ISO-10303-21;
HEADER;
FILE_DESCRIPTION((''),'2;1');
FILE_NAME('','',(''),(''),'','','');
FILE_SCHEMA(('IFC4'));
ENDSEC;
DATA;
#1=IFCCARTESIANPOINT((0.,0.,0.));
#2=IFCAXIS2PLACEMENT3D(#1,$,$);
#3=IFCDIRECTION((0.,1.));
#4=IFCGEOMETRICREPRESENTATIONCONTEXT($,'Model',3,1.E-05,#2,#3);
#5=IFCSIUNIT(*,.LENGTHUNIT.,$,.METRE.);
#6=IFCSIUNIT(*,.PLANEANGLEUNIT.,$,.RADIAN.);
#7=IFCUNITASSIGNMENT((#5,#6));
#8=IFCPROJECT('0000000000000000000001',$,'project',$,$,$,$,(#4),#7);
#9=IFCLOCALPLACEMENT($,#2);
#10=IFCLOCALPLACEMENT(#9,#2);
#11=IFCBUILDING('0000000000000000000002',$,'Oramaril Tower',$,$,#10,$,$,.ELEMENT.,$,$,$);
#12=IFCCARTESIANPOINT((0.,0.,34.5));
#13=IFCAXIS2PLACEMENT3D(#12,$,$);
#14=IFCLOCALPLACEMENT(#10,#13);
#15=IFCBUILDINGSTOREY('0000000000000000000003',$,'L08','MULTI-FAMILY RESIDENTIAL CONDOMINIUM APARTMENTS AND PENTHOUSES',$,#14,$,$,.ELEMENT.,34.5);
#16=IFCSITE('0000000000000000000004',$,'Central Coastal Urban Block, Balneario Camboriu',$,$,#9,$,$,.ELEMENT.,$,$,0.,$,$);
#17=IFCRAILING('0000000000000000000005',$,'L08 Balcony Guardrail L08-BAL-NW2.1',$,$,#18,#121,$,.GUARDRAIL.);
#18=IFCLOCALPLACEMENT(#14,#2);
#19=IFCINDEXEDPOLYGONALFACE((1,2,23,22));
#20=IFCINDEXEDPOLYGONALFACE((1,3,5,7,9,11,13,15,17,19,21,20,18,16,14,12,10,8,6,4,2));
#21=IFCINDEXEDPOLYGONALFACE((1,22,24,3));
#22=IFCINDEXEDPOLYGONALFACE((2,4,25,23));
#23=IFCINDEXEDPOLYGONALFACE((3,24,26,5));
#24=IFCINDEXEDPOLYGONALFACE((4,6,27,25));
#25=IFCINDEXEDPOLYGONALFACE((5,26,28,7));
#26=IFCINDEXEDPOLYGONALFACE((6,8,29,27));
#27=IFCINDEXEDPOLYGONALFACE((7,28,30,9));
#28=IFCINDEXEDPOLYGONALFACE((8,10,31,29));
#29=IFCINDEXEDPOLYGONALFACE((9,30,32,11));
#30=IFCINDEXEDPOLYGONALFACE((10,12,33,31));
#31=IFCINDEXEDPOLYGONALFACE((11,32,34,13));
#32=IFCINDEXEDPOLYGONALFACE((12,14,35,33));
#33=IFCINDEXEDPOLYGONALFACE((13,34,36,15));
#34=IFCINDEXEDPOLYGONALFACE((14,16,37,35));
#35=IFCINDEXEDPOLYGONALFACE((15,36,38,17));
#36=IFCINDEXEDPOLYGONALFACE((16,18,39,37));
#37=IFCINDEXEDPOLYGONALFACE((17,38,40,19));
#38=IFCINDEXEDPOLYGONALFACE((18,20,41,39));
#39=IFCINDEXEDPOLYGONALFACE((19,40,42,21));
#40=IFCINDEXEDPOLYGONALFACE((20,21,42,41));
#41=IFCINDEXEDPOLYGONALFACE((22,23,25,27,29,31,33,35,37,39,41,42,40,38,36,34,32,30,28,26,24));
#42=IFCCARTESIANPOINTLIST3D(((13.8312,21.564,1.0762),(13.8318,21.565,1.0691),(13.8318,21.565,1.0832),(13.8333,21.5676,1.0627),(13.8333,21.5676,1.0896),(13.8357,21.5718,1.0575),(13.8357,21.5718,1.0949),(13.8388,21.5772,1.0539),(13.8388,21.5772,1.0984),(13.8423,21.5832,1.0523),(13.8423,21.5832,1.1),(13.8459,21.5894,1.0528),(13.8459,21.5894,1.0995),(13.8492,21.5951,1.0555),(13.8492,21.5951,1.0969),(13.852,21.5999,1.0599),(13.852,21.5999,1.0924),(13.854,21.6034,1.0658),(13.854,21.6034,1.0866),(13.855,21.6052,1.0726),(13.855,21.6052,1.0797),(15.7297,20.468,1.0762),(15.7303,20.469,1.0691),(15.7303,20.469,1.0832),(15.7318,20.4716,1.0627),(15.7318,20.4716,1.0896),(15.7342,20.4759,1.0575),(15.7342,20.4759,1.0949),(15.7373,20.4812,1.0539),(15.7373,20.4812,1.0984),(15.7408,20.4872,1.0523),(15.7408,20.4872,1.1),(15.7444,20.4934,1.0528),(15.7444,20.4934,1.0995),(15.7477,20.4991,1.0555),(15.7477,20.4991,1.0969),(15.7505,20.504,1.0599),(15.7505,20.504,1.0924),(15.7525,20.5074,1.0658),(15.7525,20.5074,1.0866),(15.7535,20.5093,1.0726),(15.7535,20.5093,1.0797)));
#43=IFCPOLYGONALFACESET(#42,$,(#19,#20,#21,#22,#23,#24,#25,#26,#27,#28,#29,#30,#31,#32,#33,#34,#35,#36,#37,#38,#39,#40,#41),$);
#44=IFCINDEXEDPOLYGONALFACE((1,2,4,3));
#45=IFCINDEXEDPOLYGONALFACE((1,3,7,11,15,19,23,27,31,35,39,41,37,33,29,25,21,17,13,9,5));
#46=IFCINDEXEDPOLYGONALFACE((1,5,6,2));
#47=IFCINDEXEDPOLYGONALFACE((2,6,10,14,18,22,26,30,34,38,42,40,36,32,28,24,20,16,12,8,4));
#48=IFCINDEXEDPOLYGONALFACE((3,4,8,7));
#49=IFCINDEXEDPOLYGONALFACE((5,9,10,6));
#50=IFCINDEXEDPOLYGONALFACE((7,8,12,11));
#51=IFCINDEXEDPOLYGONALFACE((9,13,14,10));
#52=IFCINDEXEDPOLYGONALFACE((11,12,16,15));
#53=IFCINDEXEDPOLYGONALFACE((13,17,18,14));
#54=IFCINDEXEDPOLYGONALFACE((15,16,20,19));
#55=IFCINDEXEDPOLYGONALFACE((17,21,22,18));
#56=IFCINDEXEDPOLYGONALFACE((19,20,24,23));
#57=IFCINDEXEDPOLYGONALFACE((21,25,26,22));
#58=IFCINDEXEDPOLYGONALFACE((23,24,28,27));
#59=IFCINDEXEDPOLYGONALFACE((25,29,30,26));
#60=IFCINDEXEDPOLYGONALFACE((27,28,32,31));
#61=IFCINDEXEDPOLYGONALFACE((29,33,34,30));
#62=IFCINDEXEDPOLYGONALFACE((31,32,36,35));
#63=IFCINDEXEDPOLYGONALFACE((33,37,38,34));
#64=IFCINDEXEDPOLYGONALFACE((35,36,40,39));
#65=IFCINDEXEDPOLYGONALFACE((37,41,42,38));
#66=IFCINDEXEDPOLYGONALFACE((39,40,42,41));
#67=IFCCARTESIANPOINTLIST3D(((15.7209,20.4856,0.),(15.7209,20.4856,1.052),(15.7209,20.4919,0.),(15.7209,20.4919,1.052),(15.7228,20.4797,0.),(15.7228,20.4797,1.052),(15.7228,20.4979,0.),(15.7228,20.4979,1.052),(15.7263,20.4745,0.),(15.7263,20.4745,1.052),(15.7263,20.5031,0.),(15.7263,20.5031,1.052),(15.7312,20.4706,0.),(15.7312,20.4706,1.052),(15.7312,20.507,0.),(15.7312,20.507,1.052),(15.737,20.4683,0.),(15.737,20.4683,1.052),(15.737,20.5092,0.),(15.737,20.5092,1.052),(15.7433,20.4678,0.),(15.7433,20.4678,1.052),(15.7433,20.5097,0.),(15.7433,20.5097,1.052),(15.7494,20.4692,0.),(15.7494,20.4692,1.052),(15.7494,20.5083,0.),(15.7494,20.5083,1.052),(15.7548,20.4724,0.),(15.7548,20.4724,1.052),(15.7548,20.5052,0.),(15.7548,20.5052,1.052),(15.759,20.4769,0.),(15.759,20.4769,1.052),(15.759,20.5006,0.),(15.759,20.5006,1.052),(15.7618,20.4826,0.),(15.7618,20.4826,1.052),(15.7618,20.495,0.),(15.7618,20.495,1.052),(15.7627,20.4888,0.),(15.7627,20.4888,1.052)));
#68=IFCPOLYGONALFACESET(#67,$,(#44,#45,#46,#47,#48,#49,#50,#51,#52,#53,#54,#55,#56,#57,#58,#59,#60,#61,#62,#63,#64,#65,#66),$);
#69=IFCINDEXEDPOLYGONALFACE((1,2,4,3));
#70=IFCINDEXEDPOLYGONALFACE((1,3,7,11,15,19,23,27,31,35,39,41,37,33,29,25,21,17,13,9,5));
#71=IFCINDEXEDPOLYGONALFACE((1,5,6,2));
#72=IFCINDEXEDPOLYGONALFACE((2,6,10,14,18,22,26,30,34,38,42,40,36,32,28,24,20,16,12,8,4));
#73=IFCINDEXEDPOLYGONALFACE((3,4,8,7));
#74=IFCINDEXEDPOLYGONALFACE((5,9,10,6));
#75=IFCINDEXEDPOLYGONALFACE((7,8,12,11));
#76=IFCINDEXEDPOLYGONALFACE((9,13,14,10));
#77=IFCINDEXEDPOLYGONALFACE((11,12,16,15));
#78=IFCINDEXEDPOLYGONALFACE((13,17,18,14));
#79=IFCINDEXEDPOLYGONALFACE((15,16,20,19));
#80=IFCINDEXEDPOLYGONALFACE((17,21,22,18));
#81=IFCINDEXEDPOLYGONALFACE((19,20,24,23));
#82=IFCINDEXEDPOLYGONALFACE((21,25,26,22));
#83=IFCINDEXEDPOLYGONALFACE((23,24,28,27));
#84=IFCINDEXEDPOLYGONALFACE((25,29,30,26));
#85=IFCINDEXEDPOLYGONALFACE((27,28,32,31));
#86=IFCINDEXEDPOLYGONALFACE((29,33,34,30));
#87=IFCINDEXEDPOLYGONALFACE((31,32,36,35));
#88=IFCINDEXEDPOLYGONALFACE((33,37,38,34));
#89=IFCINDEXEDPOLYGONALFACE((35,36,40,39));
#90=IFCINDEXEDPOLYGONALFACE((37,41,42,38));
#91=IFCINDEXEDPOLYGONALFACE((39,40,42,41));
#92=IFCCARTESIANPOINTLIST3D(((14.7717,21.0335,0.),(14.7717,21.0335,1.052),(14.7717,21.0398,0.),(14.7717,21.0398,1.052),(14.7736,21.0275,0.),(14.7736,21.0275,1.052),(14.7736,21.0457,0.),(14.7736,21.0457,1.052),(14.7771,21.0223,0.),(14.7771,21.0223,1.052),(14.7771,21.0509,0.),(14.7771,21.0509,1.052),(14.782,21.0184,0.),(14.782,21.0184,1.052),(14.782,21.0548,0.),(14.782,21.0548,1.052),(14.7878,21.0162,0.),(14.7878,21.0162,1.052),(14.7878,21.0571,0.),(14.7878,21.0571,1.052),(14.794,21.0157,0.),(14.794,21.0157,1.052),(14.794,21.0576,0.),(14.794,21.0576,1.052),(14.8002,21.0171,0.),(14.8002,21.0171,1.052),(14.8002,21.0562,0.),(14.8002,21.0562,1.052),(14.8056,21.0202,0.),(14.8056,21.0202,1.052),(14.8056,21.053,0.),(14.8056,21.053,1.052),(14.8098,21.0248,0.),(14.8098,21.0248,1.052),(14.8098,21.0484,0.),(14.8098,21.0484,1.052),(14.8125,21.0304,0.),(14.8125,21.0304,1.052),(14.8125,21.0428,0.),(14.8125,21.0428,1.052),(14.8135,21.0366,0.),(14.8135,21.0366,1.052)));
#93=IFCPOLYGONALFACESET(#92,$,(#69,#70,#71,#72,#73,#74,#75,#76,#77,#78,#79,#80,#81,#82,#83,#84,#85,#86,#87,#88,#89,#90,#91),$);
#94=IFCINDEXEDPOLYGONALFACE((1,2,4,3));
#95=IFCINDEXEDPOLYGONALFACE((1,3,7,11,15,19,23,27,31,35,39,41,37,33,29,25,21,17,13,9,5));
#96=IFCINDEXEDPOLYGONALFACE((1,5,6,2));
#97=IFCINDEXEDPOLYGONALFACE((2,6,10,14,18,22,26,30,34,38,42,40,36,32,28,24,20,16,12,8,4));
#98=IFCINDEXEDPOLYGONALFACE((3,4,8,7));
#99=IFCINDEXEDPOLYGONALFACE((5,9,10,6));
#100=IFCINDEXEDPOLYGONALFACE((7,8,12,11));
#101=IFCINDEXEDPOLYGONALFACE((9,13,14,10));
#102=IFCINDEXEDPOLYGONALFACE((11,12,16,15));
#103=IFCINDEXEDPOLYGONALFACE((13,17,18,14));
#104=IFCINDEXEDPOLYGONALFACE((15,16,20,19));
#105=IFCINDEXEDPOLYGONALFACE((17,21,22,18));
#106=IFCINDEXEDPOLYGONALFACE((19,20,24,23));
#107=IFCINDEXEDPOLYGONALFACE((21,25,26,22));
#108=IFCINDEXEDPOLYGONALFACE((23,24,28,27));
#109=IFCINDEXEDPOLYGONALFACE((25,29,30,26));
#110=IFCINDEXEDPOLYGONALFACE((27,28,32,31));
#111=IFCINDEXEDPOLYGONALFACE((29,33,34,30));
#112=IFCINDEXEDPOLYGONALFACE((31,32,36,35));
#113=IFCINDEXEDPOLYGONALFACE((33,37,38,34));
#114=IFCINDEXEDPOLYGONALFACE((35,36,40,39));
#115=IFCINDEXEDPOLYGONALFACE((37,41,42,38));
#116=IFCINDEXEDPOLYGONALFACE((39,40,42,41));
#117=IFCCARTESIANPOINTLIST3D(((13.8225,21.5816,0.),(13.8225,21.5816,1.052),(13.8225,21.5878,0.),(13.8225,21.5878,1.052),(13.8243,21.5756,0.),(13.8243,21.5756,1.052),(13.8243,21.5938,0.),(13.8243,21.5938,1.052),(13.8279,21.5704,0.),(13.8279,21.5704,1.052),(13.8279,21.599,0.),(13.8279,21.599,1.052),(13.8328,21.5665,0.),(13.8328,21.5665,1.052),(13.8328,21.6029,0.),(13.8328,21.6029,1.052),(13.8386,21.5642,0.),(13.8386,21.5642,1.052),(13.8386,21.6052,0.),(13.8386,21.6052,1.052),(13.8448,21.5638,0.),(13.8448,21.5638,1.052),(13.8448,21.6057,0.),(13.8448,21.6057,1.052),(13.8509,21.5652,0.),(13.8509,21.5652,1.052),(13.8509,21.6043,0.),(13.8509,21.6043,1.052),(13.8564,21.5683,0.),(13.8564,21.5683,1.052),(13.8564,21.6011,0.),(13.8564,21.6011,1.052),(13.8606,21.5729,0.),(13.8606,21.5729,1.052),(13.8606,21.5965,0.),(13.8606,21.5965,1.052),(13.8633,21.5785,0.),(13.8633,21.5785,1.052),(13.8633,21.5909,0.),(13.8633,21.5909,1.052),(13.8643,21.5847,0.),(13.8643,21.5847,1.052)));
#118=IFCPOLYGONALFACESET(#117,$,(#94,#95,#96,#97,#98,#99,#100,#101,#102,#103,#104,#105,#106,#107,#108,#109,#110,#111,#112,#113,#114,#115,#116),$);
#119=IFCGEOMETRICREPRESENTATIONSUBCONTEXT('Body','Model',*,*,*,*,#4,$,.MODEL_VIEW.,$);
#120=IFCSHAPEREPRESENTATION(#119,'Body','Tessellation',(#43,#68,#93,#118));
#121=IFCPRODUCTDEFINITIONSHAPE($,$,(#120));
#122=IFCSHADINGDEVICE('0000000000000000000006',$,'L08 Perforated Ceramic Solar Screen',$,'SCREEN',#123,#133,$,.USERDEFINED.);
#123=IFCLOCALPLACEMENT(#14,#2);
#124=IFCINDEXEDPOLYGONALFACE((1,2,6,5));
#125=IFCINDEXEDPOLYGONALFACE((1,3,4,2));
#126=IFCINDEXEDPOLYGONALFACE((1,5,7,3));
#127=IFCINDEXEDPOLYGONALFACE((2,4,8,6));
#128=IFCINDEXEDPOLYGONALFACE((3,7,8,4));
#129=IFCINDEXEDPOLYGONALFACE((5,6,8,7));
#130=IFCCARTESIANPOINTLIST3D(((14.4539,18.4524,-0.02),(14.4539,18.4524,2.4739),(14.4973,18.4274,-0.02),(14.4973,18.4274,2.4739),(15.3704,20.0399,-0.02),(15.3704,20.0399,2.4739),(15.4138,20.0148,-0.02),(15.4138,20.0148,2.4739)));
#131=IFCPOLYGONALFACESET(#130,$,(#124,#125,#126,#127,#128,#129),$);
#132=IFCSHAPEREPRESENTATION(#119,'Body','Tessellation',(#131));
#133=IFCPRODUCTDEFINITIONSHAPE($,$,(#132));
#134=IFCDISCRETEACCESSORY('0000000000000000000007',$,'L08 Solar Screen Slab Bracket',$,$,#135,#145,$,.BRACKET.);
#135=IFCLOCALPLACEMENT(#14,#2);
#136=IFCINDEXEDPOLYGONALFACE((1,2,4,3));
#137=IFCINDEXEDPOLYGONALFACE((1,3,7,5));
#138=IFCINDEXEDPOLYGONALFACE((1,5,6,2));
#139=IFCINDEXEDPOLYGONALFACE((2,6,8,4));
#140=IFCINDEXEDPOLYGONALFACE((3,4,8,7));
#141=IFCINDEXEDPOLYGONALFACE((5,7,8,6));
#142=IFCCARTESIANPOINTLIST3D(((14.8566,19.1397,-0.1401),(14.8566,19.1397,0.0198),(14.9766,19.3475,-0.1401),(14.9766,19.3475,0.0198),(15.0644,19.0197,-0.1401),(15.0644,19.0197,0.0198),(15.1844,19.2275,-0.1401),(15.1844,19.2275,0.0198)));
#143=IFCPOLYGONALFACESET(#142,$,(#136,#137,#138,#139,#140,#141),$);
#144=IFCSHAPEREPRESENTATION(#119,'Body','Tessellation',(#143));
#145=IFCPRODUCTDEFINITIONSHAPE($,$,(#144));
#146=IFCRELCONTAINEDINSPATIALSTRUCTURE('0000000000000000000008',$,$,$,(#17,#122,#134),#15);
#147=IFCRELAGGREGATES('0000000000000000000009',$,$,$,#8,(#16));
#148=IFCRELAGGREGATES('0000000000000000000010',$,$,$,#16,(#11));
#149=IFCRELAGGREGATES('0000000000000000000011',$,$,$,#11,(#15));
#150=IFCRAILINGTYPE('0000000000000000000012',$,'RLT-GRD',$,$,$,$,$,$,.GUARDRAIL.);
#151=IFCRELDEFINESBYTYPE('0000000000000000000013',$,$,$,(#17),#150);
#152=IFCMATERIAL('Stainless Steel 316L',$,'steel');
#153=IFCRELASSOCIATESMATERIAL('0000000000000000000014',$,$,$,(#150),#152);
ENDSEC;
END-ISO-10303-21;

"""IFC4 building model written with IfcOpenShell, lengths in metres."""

from ifc_helpers import new_model, si_unit, direction, frame, origin, origin_2d, place, context, subcontext, project, spatial, rectangle, circle, extrude, material, type_object, element, save


model = new_model("IFC4")

# Units and contexts
model_context = context("Model", 3, precision=1e-05, world=origin(), true_north=direction((0.0, 1.0)))
body_context = subcontext(model_context, "Body", "Model", "MODEL_VIEW")
ifc_project = project(units=[si_unit("LENGTHUNIT", "METRE"), si_unit("PLANEANGLEUNIT", "RADIAN")], contexts=[model_context])

# Site, building, storey
site_placement = place(None, origin())
site = spatial("IfcSite", under=ifc_project, at=site_placement, Name="Central Coastal Urban Block, Balneario Camboriu", CompositionType="ELEMENT", RefElevation=0.0)
building_placement = place(site_placement, origin())
building = spatial("IfcBuilding", under=site, at=building_placement, Name="Oramaril Tower", CompositionType="ELEMENT")
storey_placement = place(building_placement, frame((0.0, 0.0, 34.5)))
storey = spatial("IfcBuildingStorey", under=building, at=storey_placement, Name="L08", Description="MULTI-FAMILY RESIDENTIAL CONDOMINIUM APARTMENTS AND PENTHOUSES", CompositionType="ELEMENT", Elevation=34.5)

# Railing
ifc_material_1 = material(Name="Stainless Steel 316L", Category="steel")
railing_type = type_object("IfcRailingType", Name="RLT-GRD", PredefinedType="GUARDRAIL", material=ifc_material_1)
railing_1_placement = place(storey_placement, frame((15.7417, 20.4888, 0.0)))
element("IfcRailing", 1, at=railing_1_placement, inside=storey, type_object=railing_type, Name="L08 Balcony Guardrail L08-BAL-NW2.1", PredefinedType="GUARDRAIL", context=body_context, shape_type="SweptSolid", body=[
    extrude(circle(Radius=0.0239, at=origin_2d()), frame((0.0, 0.0, 1.0762), z_axis=(-0.866048, 0.49996, 0.0), x_axis=(-0.49996, -0.866048, 0.0)), (0.0, 0.0, 1.0), 2.1921),
    extrude(circle(Radius=0.021, at=origin_2d()), origin(), (0.0, 0.0, 1.0), 1.052),
    extrude(circle(Radius=0.021, at=origin_2d()), frame((-0.9492, 0.5479, 0.0)), (0.0, 0.0, 1.0), 1.052),
    extrude(circle(Radius=0.021, at=origin_2d()), frame((-1.8984, 1.0959, 0.0)), (0.0, 0.0, 1.0), 1.052),
])

# Shading device
shading_device_placement = place(storey_placement, frame((14.9338, 19.2336, -0.02), z_axis=(0.0, 0.0, 1.0), x_axis=(-0.5, -0.866025, 0.0)))
element("IfcShadingDevice", 2, at=shading_device_placement, inside=storey, Name="L08 Perforated Ceramic Solar Screen", ObjectType="SCREEN", PredefinedType="USERDEFINED", context=body_context, shape_type="SweptSolid", body=[
    extrude(rectangle(XDim=1.833, YDim=0.05, at=origin_2d()), origin(), (0.0, 0.0, 1.0), 2.4939),
])

# Discrete accessory
discrete_accessory_placement = place(storey_placement, frame((15.0205, 19.1836, -0.1401), z_axis=(0.0, 0.0, 1.0), x_axis=(-0.5, -0.866025, 0.0)))
element("IfcDiscreteAccessory", 3, at=discrete_accessory_placement, inside=storey, Name="L08 Solar Screen Slab Bracket", PredefinedType="BRACKET", context=body_context, shape_type="SweptSolid", body=[
    extrude(rectangle(XDim=0.24, YDim=0.24, at=origin_2d()), origin(), (0.0, 0.0, 1.0), 0.1599),
])

save(model, "model.ifc")
